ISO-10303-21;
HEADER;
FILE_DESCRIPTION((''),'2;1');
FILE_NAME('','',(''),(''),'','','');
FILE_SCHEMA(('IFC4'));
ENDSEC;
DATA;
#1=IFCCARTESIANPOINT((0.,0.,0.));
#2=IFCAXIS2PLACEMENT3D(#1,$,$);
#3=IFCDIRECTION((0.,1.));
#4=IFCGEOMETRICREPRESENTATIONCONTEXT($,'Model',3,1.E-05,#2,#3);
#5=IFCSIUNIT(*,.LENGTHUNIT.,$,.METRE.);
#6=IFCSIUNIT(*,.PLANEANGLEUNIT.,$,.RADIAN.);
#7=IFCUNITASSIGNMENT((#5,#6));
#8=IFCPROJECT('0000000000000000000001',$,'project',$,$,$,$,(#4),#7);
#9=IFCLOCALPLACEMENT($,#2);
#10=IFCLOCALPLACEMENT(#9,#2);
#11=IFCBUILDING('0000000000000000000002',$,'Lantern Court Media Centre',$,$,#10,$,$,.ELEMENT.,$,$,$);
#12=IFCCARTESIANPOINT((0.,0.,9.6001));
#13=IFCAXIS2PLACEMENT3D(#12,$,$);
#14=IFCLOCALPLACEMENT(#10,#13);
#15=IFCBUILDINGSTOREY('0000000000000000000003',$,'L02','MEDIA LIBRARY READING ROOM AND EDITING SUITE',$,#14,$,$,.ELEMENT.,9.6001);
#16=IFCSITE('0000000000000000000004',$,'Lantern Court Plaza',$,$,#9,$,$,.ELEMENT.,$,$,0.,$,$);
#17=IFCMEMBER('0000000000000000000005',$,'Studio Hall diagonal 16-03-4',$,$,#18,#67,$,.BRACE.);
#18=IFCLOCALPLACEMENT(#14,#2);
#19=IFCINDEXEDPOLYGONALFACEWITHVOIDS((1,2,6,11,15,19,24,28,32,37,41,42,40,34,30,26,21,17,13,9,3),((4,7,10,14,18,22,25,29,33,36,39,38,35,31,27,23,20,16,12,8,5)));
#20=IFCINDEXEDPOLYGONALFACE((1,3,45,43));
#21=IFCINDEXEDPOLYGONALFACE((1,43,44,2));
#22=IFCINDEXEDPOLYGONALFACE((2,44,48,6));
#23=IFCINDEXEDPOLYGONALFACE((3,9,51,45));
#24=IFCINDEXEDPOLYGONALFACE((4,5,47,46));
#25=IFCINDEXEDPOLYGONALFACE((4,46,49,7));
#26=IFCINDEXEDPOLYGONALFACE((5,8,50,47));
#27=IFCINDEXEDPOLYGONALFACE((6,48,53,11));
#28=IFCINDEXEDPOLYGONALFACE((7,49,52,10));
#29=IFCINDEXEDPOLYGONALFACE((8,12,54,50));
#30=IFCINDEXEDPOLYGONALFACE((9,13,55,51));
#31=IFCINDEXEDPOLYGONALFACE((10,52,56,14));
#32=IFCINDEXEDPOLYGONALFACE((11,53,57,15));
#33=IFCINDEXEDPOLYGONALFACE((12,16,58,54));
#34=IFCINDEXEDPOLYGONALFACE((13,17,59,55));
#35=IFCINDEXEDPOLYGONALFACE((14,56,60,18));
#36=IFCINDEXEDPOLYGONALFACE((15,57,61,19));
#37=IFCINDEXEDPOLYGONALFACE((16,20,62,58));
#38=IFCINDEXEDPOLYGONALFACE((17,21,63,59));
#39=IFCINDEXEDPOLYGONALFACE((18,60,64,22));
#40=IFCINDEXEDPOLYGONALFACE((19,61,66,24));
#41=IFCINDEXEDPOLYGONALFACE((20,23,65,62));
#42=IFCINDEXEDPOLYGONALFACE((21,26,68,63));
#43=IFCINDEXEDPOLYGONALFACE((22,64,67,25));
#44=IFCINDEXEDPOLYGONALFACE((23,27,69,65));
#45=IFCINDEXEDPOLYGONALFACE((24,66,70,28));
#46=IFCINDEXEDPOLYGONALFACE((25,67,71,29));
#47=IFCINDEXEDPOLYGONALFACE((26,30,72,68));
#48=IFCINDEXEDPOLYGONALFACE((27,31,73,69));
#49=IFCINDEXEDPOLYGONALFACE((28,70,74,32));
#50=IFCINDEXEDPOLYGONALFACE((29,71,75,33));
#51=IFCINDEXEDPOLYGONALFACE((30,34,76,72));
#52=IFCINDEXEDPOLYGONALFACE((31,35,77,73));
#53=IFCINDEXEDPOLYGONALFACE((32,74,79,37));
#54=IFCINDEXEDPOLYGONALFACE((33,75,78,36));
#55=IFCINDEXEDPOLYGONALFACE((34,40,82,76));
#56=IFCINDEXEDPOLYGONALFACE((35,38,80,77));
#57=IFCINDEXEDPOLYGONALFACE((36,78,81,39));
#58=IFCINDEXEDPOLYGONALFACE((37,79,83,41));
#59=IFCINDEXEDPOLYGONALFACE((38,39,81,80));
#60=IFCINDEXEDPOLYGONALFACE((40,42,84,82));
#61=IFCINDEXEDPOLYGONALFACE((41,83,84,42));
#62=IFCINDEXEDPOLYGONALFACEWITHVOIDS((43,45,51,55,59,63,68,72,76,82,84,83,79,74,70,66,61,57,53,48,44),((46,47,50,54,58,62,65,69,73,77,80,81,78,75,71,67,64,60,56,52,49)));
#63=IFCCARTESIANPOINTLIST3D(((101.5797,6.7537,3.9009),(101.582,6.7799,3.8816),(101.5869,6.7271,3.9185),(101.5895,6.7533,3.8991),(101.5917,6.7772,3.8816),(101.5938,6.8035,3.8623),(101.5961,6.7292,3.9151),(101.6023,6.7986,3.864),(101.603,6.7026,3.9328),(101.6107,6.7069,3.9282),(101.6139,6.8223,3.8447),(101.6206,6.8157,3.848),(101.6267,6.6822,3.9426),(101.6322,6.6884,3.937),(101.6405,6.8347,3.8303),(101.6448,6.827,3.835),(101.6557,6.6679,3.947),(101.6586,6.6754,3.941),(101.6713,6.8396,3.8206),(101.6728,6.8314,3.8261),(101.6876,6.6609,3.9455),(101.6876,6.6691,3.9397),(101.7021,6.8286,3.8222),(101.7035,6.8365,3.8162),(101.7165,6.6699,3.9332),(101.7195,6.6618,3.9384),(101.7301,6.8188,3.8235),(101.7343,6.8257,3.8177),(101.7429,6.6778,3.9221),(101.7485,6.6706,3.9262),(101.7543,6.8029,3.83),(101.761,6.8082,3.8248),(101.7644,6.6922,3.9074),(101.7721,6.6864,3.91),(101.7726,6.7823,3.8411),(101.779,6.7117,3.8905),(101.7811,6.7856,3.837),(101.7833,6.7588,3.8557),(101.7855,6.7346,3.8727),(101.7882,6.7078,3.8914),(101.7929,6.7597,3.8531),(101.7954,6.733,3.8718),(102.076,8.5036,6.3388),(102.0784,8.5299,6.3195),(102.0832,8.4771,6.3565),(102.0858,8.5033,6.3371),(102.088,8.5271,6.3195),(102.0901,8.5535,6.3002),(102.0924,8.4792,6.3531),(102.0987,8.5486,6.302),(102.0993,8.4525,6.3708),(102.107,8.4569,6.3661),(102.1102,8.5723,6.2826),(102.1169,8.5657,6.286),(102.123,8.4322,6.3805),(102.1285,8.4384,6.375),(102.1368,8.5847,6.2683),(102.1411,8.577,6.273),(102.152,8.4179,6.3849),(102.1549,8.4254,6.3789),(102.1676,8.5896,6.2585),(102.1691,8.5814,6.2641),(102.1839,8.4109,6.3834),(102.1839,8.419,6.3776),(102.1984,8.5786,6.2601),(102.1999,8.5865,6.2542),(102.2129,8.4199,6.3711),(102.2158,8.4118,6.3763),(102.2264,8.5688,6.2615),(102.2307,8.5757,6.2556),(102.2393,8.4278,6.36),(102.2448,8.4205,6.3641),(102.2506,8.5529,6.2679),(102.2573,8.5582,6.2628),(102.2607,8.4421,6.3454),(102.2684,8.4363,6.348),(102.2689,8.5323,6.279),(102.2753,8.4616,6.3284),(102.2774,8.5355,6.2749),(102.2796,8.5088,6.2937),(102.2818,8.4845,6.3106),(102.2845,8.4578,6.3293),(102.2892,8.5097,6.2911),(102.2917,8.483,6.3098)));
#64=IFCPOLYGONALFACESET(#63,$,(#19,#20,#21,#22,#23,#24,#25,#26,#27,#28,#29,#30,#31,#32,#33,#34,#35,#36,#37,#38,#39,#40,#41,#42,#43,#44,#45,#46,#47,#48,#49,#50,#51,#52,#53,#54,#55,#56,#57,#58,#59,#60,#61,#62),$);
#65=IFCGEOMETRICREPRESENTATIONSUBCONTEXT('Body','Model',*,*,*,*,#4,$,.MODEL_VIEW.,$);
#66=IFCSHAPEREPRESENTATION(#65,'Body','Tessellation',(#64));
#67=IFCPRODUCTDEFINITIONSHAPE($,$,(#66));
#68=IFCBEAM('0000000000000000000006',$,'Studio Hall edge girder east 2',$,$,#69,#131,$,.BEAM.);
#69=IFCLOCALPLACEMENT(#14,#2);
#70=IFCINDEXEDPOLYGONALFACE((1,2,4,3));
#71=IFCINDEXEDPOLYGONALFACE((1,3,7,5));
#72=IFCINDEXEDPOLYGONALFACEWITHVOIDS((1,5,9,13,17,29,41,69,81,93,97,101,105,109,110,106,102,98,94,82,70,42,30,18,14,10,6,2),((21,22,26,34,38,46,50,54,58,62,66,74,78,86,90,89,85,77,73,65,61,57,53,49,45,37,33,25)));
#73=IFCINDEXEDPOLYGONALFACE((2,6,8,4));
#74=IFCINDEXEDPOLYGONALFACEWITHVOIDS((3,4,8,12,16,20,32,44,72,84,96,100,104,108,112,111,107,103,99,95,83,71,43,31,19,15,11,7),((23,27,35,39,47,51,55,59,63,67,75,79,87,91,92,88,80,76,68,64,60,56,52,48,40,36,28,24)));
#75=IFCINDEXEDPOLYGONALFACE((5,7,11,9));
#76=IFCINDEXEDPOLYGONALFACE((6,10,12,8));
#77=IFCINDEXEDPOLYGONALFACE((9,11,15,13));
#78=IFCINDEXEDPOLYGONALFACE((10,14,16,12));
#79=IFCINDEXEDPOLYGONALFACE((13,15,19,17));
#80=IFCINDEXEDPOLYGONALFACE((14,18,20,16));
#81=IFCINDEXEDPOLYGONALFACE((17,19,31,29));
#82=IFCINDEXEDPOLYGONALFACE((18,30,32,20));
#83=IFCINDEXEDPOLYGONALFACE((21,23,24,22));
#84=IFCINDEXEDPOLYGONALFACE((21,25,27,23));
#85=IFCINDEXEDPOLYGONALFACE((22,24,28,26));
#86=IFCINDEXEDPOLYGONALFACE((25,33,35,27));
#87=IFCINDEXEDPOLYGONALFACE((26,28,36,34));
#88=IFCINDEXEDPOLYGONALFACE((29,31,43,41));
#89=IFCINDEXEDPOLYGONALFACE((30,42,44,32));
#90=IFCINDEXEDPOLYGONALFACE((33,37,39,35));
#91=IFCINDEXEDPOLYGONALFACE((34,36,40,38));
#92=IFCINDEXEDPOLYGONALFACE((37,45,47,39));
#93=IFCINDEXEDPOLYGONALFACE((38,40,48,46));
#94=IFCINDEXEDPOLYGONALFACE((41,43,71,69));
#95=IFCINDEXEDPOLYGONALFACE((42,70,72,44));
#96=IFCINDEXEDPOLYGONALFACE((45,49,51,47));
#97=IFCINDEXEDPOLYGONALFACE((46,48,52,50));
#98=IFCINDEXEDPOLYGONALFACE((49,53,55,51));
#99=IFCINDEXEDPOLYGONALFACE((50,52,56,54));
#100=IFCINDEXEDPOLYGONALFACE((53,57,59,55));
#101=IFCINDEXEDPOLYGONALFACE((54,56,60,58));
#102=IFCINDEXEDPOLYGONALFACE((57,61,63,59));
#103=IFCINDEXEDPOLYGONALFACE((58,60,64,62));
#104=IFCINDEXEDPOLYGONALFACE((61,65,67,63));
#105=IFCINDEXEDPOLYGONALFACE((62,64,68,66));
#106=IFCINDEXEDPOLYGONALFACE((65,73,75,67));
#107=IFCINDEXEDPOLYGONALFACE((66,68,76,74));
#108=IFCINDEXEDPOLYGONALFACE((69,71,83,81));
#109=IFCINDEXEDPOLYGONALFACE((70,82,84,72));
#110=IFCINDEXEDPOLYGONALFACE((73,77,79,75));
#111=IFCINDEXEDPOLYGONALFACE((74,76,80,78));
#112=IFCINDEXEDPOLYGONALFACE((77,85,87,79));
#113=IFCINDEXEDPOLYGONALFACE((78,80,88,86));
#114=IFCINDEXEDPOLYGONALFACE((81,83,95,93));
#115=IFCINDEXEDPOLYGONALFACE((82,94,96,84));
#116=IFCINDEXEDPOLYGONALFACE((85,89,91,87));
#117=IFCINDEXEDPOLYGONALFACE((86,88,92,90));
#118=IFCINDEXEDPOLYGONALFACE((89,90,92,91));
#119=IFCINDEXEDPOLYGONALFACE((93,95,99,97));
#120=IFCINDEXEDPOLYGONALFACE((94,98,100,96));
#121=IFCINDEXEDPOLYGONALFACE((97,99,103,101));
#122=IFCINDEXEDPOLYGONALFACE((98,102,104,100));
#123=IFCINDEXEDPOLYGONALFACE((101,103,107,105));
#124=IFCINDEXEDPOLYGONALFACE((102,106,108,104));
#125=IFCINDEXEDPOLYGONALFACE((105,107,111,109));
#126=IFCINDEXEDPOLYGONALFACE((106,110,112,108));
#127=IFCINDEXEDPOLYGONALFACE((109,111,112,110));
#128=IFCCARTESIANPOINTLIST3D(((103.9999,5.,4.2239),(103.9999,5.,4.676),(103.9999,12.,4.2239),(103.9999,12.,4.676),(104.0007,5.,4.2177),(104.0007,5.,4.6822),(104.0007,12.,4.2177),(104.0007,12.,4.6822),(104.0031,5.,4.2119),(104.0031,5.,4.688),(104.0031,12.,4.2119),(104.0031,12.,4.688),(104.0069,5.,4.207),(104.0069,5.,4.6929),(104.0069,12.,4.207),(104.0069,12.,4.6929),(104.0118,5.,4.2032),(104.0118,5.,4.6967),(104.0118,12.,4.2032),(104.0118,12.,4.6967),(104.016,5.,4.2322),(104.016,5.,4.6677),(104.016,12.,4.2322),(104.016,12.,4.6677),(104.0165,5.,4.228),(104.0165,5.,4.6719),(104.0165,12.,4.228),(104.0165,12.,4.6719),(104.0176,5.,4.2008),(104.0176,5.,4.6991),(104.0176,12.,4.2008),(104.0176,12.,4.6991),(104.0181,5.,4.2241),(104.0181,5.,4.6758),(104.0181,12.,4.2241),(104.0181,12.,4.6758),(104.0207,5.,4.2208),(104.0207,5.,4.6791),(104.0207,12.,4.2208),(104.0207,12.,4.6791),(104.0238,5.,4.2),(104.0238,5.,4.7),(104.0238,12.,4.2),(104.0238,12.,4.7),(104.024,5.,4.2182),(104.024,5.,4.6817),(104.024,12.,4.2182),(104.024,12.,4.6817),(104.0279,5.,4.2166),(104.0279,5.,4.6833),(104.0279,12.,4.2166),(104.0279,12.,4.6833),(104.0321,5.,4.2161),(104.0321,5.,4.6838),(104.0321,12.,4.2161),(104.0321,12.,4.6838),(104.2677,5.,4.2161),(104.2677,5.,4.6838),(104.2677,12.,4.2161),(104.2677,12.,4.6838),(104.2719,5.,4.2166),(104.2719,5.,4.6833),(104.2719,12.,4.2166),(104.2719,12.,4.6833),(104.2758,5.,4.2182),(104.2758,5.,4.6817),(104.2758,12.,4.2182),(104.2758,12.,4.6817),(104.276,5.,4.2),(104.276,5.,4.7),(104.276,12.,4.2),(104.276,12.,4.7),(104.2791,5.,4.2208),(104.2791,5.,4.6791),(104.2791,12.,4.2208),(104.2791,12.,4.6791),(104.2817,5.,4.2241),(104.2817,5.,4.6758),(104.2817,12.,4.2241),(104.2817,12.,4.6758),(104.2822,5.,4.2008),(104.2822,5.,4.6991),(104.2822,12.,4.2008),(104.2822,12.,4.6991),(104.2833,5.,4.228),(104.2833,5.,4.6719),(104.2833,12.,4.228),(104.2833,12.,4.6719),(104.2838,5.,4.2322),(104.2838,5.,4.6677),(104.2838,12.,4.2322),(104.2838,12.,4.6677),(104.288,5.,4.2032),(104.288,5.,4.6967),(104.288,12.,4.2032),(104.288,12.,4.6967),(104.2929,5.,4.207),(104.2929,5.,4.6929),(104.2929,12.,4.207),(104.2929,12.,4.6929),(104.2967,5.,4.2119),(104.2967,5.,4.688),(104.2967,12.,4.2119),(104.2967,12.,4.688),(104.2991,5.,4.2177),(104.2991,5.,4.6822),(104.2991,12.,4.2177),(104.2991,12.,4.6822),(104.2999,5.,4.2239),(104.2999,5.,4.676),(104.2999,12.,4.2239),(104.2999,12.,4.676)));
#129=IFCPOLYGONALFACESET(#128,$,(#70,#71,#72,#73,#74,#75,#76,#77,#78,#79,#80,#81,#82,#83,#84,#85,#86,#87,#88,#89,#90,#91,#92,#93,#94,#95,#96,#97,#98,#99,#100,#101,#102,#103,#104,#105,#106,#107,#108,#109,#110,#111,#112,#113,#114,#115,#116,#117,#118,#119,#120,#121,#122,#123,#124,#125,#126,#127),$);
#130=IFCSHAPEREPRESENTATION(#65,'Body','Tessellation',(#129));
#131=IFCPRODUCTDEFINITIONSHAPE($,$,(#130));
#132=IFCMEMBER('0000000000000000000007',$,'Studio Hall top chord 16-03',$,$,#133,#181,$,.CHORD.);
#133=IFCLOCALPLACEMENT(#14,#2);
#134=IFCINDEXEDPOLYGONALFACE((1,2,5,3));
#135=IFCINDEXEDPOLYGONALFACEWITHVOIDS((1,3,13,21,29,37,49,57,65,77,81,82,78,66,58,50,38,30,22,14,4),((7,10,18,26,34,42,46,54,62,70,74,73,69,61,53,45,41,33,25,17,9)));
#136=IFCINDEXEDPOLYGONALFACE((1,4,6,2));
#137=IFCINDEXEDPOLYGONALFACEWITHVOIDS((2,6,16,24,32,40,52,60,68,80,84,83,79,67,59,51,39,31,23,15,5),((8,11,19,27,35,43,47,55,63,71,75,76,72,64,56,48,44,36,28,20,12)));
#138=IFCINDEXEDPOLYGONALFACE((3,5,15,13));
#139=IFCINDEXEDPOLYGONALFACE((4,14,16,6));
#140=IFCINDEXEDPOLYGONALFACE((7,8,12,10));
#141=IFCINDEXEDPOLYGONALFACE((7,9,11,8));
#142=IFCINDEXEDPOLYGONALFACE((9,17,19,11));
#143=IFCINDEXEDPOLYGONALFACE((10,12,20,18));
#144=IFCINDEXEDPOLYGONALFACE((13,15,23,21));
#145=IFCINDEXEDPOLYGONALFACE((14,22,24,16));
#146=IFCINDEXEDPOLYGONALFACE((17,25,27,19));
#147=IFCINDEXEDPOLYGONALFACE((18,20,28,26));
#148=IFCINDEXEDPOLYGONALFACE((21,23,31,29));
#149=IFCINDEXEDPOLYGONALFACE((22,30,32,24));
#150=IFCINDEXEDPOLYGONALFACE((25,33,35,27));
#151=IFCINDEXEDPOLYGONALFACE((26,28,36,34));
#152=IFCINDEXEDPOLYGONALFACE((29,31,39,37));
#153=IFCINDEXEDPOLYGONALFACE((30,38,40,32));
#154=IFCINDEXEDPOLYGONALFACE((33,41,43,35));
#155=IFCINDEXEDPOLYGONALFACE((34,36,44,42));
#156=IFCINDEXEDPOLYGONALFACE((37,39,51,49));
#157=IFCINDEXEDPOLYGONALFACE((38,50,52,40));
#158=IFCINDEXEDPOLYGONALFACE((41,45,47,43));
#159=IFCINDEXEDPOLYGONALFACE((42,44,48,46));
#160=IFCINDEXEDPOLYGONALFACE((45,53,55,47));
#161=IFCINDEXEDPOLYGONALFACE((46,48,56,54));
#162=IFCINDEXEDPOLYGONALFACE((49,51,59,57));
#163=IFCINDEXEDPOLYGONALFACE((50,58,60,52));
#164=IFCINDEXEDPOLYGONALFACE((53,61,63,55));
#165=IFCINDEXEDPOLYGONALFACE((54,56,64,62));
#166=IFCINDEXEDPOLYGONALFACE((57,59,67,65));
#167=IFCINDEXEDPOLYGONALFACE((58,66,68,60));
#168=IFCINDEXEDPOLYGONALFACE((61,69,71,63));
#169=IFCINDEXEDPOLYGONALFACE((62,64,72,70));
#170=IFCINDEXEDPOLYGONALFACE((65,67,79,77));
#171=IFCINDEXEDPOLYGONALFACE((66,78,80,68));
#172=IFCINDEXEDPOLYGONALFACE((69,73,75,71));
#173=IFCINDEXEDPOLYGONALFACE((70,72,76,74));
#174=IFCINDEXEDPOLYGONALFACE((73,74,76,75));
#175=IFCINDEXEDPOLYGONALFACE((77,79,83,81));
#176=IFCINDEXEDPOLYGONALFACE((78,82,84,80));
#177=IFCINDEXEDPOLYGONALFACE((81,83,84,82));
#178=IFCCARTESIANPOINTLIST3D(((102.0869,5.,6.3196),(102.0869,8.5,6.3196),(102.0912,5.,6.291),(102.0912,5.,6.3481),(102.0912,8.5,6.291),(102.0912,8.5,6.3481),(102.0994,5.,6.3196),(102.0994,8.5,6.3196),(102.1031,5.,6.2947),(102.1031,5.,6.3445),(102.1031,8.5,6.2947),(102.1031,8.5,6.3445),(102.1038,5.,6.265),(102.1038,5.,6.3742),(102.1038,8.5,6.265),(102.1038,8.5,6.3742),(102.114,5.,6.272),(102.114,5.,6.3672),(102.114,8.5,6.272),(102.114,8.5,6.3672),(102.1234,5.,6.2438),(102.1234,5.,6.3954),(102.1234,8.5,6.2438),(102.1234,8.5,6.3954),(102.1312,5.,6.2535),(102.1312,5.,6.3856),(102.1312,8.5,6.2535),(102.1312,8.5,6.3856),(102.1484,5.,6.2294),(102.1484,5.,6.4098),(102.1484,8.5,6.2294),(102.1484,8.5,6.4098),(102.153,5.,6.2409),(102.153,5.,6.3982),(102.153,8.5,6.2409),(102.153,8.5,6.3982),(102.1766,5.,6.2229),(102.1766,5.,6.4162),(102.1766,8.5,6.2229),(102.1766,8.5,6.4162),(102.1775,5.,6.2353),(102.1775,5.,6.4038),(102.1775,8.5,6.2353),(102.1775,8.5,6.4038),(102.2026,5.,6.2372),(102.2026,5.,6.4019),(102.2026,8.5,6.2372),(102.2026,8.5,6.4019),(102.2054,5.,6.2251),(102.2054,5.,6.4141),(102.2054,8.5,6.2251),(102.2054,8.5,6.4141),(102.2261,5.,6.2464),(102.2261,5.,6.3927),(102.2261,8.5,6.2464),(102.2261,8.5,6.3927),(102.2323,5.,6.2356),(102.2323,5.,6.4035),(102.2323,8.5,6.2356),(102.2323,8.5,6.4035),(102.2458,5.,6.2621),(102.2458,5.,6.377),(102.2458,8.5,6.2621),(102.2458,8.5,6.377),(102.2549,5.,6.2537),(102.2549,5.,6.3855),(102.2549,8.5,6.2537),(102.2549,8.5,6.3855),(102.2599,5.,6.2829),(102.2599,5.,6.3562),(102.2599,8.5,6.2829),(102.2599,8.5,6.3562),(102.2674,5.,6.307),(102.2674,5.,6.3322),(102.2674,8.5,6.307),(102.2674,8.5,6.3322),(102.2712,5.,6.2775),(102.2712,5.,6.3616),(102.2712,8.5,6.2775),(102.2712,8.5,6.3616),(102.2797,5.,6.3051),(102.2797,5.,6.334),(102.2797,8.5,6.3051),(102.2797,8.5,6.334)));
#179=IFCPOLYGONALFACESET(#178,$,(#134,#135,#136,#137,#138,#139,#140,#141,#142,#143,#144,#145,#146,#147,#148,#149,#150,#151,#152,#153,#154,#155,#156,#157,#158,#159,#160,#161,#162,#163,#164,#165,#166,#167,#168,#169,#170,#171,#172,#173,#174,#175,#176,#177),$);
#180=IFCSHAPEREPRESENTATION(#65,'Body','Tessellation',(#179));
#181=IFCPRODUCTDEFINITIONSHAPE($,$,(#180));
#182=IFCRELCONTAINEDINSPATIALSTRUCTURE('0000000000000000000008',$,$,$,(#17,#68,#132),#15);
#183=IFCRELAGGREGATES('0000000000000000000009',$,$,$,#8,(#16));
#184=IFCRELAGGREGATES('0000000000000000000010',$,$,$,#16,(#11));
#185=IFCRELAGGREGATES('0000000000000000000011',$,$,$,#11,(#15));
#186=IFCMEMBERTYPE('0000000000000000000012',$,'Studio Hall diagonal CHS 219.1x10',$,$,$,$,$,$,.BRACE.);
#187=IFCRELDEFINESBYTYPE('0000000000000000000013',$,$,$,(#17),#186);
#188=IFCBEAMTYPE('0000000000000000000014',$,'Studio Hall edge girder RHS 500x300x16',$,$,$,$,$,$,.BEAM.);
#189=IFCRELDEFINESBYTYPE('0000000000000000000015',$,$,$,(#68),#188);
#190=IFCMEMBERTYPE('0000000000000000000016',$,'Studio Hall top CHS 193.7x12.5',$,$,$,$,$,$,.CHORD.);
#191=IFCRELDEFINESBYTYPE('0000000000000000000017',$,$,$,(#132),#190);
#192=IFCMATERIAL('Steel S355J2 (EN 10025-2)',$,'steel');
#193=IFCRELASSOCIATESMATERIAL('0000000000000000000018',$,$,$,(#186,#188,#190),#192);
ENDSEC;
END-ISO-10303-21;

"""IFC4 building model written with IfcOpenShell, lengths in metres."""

from ifc_helpers import new_model, si_unit, direction, frame, origin, origin_2d, place, context, subcontext, project, spatial, hollow_rectangle, hollow_circle, extrude, material, material_profile, profile_set, type_object, element, save


model = new_model("IFC4")

# Units and contexts
model_context = context("Model", 3, precision=1e-05, world=origin(), true_north=direction((0.0, 1.0)))
body_context = subcontext(model_context, "Body", "Model", "MODEL_VIEW")
ifc_project = project(units=[si_unit("LENGTHUNIT", "METRE"), si_unit("PLANEANGLEUNIT", "RADIAN")], contexts=[model_context])

# Site, building, storey
site_placement = place(None, origin())
site = spatial("IfcSite", under=ifc_project, at=site_placement, Name="Lantern Court Plaza", CompositionType="ELEMENT", RefElevation=0.0)
building_placement = place(site_placement, origin())
building = spatial("IfcBuilding", under=site, at=building_placement, Name="Lantern Court Media Centre", CompositionType="ELEMENT")
storey_placement = place(building_placement, frame((0.0, 0.0, 9.6001)))
storey = spatial("IfcBuildingStorey", under=building, at=storey_placement, Name="L02", Description="MEDIA LIBRARY READING ROOM AND EDITING SUITE", CompositionType="ELEMENT", Elevation=9.6001)

# Shared definitions
ifc_material_1 = material(Name="Steel S355J2 (EN 10025-2)", Category="steel")

# Member
ifc_material_profile_1 = material_profile(ifc_material_1, hollow_circle(Radius=0.1096, WallThickness=0.01, at=origin_2d()), Name="Studio Hall diagonal CHS 219.1x10")
ifc_profile_set_1 = profile_set([ifc_material_profile_1], Name="Steel S355J2 (EN 10025-2)")
member_type_1 = type_object("IfcMemberType", Name="Studio Hall diagonal CHS 219.1x10", PredefinedType="BRACE", material=ifc_profile_set_1)
member_1_placement = place(storey_placement, frame((101.6875, 6.75, 3.8816), z_axis=(0.163172, 0.575314, 0.801491), x_axis=(-0.962054, 0.272859, 0.0)))
element("IfcMember", 1, at=member_1_placement, inside=storey, type_object=member_type_1, Name="Studio Hall diagonal 16-03-4", PredefinedType="BRACE", context=body_context, shape_type="SweptSolid", body=[
    extrude(hollow_circle(Radius=0.1096, WallThickness=0.01, at=origin_2d()), origin(), (0.0, 0.0, 1.0), 3.0417),
])

# Beam
ifc_material_profile_2 = material_profile(ifc_material_1, hollow_rectangle(XDim=0.3, YDim=0.5, WallThickness=0.0161, InnerFilletRadius=0.0161, OuterFilletRadius=0.0239, at=origin_2d()), Name="Studio Hall edge girder RHS 500x300x16")
ifc_profile_set_2 = profile_set([ifc_material_profile_2], Name="Steel S355J2 (EN 10025-2)")
beam_type_1 = type_object("IfcBeamType", Name="Studio Hall edge girder RHS 500x300x16", PredefinedType="BEAM", material=ifc_profile_set_2)
beam_1_placement = place(storey_placement, frame((104.1499, 5.0, 4.45), z_axis=(0.0, 1.0, 0.0), x_axis=(-1.0, 0.0, 0.0)))
element("IfcBeam", 2, at=beam_1_placement, inside=storey, type_object=beam_type_1, Name="Studio Hall edge girder east 2", PredefinedType="BEAM", context=body_context, shape_type="SweptSolid", body=[
    extrude(hollow_rectangle(XDim=0.3, YDim=0.5, WallThickness=0.0161, InnerFilletRadius=0.0161, OuterFilletRadius=0.0239, at=origin_2d()), origin(), (0.0, 0.0, 1.0), 7.0),
])

# Member
ifc_material_profile_3 = material_profile(ifc_material_1, hollow_circle(Radius=0.0969, WallThickness=0.0125, at=origin_2d()), Name="Studio Hall top CHS 193.7x12.5")
ifc_profile_set_3 = profile_set([ifc_material_profile_3], Name="Steel S355J2 (EN 10025-2)")
member_type_2 = type_object("IfcMemberType", Name="Studio Hall top CHS 193.7x12.5", PredefinedType="CHORD", material=ifc_profile_set_3)
member_2_placement = place(storey_placement, frame((102.1838, 5.0, 6.3196), z_axis=(0.0, 1.0, 0.0), x_axis=(-1.0, 0.0, 0.0)))
element("IfcMember", 3, at=member_2_placement, inside=storey, type_object=member_type_2, Name="Studio Hall top chord 16-03", PredefinedType="CHORD", context=body_context, shape_type="SweptSolid", body=[
    extrude(hollow_circle(Radius=0.0969, WallThickness=0.0125, at=origin_2d()), origin(), (0.0, 0.0, 1.0), 3.5),
])

save(model, "model.ifc")
